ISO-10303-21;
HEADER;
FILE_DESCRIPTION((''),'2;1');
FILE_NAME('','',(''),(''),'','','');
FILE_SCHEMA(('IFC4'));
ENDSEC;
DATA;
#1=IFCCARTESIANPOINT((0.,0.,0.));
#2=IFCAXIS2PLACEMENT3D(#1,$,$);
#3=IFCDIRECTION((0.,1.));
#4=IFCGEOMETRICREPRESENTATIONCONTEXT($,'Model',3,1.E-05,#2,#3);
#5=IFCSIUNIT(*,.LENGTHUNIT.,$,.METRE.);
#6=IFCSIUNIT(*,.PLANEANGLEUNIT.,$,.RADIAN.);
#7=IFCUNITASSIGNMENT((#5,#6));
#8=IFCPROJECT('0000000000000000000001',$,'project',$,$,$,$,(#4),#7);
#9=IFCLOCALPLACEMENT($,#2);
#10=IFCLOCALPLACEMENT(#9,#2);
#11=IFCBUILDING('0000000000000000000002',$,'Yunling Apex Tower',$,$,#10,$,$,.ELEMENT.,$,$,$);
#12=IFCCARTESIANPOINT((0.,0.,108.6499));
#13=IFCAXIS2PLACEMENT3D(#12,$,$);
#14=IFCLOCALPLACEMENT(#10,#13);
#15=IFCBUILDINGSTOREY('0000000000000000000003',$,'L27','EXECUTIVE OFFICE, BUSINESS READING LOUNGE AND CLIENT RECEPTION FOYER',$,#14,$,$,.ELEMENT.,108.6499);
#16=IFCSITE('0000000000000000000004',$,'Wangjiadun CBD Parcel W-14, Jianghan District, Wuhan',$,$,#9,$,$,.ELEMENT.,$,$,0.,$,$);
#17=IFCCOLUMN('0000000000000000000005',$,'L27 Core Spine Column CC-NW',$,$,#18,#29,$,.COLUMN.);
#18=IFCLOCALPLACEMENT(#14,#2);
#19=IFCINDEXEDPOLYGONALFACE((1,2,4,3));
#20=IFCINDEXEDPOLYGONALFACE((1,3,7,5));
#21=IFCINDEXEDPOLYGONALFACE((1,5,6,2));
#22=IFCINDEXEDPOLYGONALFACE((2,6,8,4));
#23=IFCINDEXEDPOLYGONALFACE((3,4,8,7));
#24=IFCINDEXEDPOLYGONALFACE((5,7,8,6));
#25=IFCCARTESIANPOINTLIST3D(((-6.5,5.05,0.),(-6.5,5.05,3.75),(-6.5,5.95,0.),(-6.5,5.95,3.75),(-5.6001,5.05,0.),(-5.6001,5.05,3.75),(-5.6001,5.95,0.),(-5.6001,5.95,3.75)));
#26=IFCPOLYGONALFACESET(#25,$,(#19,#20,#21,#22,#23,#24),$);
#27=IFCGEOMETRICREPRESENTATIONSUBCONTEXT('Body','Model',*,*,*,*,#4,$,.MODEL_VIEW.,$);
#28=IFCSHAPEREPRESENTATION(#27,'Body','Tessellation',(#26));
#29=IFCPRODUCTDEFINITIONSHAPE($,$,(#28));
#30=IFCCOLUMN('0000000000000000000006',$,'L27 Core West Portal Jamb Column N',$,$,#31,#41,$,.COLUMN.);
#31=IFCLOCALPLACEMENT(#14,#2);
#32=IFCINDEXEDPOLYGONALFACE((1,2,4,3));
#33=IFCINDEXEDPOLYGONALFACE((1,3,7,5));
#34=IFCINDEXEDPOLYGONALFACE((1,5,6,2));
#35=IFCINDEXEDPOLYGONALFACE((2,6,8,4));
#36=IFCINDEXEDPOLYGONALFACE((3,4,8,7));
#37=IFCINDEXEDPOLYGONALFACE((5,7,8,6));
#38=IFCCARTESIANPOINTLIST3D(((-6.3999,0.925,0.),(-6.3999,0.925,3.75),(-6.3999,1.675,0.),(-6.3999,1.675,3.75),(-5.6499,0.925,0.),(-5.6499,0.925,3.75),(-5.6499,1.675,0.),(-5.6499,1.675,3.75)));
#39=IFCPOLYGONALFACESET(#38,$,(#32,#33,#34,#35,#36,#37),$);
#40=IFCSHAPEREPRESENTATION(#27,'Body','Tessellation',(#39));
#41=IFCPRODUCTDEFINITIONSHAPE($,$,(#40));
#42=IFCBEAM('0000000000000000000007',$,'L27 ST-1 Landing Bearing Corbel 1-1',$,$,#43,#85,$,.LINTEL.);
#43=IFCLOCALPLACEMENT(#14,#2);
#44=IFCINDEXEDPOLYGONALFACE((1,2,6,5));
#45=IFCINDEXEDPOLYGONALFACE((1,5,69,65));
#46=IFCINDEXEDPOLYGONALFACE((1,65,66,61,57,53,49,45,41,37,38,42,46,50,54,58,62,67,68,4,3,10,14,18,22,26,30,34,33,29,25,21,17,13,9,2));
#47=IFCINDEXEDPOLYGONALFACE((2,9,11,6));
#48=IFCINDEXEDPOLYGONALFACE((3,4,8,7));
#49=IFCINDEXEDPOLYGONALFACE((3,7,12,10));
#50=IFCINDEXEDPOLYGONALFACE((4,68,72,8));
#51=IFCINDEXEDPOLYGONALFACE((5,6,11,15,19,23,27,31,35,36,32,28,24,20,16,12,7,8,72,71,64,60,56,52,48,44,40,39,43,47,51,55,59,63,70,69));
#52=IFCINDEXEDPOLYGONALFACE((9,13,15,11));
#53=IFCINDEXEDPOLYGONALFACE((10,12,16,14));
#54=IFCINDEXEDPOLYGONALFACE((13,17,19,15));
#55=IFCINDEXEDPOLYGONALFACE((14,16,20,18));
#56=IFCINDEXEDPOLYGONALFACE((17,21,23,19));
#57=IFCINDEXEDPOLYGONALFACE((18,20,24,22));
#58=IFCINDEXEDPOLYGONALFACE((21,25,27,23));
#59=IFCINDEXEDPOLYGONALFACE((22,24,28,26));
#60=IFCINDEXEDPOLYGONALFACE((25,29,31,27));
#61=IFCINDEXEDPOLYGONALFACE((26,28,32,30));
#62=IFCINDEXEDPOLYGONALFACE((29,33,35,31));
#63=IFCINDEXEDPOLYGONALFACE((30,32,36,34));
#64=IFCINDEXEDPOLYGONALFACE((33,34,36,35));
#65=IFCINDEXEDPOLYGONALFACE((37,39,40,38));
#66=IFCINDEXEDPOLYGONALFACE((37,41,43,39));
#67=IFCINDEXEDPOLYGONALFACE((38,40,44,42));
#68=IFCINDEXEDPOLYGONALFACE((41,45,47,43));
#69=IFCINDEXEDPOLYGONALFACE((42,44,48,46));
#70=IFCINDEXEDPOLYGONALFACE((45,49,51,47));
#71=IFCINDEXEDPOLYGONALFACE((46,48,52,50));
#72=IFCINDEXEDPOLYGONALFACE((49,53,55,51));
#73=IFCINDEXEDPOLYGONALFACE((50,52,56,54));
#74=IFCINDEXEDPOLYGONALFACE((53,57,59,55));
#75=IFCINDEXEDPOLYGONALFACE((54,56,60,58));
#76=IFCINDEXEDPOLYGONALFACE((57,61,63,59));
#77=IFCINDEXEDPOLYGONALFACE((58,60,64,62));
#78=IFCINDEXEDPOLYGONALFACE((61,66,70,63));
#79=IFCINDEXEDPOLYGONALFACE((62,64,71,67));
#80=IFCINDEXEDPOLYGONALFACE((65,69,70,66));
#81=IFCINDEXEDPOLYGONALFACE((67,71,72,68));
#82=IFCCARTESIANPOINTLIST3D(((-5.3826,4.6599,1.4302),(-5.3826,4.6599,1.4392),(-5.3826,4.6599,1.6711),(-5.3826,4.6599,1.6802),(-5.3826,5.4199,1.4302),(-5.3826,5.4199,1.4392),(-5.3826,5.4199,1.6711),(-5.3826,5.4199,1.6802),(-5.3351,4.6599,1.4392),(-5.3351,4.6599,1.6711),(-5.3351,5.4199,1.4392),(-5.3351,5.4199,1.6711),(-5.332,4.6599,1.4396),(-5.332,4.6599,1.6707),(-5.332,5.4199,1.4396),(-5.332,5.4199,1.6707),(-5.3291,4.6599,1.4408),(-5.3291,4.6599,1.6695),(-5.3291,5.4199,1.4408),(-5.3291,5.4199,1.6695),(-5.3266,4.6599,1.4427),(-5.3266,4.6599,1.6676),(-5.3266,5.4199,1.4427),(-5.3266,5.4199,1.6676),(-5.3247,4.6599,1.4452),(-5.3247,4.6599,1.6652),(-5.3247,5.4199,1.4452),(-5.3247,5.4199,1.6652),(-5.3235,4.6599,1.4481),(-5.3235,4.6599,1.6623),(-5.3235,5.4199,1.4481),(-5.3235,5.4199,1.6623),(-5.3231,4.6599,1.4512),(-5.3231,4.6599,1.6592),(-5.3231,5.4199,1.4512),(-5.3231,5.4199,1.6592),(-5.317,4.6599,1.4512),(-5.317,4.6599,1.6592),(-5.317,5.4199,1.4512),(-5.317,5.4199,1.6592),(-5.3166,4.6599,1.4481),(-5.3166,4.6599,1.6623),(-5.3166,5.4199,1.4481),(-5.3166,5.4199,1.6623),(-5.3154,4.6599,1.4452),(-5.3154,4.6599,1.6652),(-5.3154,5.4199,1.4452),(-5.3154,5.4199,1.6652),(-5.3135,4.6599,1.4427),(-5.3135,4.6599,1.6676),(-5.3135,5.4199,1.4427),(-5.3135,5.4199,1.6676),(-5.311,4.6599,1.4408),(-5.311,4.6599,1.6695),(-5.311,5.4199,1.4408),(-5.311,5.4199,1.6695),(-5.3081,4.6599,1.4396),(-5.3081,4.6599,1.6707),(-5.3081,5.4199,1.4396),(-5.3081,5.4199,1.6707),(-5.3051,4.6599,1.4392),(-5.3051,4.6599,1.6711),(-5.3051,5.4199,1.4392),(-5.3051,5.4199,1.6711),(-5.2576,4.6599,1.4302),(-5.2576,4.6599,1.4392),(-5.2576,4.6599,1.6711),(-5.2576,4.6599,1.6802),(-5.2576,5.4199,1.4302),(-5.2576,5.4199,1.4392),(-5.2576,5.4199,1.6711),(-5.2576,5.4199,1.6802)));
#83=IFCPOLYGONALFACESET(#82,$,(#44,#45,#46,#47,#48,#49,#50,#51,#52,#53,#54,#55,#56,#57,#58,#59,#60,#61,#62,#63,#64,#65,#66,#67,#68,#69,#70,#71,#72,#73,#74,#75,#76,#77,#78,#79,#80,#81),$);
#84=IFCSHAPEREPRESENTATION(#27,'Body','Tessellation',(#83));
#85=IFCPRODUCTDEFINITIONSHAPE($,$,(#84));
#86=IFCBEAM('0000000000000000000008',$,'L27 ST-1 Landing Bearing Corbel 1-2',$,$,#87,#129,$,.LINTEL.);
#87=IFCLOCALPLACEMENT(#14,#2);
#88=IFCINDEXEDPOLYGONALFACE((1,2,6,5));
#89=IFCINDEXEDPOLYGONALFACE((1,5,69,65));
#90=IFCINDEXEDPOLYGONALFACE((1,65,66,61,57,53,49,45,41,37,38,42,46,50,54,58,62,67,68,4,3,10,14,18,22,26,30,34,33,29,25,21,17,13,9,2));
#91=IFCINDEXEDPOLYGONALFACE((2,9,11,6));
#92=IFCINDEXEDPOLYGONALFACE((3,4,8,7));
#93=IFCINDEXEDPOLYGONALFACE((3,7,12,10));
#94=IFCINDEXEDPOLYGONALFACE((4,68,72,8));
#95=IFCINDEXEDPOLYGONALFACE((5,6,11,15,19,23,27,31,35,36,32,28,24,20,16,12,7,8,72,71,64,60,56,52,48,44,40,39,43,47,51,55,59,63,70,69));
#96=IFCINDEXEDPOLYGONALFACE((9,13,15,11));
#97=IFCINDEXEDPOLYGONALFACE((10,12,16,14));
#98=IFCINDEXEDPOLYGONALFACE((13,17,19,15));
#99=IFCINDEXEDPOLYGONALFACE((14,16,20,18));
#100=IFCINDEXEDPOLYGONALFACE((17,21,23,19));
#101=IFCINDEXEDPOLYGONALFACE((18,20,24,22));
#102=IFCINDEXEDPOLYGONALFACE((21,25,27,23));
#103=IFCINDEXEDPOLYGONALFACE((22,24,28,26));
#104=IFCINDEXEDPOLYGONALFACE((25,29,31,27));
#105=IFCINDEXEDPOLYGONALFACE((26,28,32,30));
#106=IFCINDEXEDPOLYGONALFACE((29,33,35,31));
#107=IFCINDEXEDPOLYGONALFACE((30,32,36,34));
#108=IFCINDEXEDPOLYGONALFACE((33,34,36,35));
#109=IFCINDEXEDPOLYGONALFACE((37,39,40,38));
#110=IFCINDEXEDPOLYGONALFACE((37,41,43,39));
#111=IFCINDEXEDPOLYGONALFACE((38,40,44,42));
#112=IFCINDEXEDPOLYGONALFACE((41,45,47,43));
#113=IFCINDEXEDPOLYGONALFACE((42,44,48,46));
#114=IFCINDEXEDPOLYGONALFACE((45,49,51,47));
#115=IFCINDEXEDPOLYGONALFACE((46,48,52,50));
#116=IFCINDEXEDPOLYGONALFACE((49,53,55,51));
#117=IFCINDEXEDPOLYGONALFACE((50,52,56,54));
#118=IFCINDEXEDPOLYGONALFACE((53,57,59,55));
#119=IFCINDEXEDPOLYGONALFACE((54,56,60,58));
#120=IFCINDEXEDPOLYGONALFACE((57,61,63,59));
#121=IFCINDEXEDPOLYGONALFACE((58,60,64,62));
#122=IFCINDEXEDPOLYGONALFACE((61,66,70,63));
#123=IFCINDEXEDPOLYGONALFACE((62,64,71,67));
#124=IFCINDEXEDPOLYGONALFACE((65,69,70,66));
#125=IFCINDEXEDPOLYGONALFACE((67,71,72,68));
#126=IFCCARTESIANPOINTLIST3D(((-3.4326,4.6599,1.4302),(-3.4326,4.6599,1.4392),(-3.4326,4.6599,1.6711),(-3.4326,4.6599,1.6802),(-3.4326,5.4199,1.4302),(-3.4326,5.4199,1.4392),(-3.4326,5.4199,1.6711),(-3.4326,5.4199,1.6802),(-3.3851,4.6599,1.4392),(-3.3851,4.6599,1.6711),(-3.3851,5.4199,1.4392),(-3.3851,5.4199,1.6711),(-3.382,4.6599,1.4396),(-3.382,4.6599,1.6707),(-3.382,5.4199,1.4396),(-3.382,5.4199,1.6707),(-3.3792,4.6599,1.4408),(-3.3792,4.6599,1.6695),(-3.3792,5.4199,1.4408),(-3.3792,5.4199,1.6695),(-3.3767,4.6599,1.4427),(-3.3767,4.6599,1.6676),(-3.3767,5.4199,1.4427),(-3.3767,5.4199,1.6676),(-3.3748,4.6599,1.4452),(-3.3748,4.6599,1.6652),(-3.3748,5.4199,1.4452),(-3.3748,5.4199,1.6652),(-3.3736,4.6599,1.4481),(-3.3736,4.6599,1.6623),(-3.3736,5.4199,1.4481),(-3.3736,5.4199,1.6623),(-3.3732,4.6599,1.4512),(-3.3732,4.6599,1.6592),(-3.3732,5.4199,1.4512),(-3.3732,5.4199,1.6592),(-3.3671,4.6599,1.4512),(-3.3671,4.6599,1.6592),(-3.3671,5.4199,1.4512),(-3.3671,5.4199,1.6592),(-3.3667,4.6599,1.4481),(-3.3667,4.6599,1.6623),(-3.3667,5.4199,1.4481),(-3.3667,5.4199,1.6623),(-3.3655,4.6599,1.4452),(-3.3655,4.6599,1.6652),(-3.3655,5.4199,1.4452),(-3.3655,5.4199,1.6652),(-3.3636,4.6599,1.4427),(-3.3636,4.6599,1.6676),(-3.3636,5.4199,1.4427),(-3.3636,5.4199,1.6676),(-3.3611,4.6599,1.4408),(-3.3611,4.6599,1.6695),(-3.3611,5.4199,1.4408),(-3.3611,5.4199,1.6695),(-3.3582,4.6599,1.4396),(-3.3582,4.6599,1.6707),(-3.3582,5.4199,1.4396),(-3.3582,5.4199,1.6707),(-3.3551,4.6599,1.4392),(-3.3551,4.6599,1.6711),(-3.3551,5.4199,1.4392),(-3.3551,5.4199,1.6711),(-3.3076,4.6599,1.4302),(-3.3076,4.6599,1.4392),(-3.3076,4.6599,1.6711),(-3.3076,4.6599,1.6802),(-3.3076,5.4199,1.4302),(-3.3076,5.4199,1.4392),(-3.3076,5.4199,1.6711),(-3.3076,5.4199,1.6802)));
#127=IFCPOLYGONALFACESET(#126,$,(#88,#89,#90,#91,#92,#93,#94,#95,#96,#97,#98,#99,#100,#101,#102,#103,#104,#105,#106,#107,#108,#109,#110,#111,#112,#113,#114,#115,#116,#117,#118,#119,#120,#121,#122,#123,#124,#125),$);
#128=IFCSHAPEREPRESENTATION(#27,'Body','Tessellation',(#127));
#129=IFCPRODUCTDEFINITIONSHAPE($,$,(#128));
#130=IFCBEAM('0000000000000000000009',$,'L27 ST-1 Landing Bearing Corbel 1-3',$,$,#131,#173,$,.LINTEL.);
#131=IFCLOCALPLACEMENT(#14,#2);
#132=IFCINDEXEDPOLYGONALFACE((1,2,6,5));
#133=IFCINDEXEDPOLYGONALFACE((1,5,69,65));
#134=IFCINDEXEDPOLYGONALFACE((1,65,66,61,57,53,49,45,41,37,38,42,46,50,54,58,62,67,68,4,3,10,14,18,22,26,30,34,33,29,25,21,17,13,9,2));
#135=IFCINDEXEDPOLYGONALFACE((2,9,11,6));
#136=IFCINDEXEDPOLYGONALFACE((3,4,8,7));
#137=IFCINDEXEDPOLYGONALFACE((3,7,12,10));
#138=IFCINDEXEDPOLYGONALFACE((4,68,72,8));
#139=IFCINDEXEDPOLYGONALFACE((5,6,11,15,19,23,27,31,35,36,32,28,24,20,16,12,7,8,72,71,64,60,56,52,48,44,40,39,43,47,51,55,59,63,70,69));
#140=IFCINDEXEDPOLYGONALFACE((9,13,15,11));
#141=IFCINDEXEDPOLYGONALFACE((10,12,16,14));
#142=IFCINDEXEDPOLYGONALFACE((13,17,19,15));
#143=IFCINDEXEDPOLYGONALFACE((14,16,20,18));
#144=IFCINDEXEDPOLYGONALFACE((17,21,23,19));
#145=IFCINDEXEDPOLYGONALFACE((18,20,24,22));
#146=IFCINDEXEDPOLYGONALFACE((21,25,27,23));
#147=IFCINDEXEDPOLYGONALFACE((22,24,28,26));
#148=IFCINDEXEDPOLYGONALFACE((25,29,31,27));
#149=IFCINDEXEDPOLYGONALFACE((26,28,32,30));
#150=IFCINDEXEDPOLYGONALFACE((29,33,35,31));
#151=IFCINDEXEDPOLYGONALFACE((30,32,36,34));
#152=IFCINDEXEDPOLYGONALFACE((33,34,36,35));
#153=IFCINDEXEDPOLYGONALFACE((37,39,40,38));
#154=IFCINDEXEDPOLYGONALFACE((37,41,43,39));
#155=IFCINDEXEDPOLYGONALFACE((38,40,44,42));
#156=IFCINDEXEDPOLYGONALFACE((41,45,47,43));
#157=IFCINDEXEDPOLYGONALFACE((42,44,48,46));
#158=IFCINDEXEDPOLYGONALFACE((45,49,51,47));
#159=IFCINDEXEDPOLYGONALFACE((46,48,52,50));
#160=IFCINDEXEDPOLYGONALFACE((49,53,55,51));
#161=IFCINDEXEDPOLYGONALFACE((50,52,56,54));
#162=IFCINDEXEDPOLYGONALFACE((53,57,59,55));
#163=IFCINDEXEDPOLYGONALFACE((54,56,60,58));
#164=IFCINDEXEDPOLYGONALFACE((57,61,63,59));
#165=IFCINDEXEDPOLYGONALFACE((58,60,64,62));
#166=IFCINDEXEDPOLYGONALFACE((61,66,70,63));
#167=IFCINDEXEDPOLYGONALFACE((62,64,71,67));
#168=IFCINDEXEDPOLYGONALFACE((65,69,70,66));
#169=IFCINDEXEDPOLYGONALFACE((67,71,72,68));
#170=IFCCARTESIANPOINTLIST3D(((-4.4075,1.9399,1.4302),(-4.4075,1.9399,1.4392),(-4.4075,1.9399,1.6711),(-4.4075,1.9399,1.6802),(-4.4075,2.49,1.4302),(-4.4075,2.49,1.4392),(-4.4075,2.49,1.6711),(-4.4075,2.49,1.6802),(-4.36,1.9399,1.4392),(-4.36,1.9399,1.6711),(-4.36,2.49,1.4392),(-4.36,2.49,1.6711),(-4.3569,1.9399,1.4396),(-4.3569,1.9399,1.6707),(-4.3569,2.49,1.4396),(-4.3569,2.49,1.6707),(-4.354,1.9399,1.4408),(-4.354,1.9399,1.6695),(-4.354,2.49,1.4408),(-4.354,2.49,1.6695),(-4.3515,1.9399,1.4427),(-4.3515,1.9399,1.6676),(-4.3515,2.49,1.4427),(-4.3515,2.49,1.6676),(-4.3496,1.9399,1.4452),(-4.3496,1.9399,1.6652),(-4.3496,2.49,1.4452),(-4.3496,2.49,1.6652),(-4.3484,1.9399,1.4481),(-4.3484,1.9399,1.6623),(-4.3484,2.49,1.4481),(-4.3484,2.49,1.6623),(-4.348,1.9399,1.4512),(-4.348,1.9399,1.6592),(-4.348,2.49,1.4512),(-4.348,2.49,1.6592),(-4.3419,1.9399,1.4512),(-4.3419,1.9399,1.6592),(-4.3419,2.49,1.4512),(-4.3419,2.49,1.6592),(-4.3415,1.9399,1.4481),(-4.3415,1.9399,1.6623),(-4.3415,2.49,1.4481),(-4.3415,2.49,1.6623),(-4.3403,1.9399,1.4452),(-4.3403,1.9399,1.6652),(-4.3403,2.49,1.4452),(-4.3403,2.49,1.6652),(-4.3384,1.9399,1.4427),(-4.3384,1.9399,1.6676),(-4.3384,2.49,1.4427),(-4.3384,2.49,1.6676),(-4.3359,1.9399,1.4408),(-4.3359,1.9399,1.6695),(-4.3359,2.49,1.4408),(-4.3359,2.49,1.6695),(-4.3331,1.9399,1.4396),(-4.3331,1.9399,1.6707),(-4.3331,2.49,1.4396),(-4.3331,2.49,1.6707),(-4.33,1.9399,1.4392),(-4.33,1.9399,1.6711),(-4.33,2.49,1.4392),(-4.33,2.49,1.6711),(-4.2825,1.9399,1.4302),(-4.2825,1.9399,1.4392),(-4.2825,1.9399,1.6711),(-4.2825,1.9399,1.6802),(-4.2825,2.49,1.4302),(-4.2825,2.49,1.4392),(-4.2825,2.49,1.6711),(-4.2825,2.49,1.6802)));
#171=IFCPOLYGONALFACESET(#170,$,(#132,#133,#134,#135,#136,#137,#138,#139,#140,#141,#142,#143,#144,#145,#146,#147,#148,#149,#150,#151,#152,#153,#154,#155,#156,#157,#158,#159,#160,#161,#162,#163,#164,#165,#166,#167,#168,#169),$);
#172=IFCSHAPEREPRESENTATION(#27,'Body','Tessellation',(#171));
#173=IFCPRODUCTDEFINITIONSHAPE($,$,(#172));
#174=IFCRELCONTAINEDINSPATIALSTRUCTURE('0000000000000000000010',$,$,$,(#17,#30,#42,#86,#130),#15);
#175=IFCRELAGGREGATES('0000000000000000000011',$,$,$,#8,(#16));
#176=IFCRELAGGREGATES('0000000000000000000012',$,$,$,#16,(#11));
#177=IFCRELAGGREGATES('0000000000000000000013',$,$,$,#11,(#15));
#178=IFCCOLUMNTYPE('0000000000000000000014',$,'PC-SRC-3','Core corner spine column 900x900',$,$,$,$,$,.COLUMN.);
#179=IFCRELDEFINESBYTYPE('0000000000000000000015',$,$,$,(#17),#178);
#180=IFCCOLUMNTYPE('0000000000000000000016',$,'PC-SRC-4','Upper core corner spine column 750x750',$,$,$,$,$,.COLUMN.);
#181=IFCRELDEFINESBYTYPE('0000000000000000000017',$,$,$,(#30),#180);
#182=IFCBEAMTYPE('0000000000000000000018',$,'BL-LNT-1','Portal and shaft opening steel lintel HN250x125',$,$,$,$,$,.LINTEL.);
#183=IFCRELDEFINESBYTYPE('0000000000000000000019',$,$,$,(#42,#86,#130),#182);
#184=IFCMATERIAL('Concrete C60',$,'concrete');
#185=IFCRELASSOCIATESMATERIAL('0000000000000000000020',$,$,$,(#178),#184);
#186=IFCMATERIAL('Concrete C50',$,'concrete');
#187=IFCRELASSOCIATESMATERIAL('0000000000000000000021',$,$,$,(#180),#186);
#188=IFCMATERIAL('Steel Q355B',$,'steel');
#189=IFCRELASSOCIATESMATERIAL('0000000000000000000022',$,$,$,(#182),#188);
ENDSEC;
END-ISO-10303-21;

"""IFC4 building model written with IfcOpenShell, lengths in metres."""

from ifc_helpers import new_model, si_unit, direction, frame, origin, origin_2d, place, context, subcontext, project, spatial, rectangle, i_section, extrude, source, transform, mapped, material, material_profile, profile_set, type_object, element, save


model = new_model("IFC4")

# Units and contexts
model_context = context("Model", 3, precision=1e-05, world=origin(), true_north=direction((0.0, 1.0)))
body_context = subcontext(model_context, "Body", "Model", "MODEL_VIEW")
ifc_project = project(units=[si_unit("LENGTHUNIT", "METRE"), si_unit("PLANEANGLEUNIT", "RADIAN")], contexts=[model_context])

# Site, building, storey
site_placement = place(None, origin())
site = spatial("IfcSite", under=ifc_project, at=site_placement, Name="Wangjiadun CBD Parcel W-14, Jianghan District, Wuhan", CompositionType="ELEMENT", RefElevation=0.0)
building_placement = place(site_placement, origin())
building = spatial("IfcBuilding", under=site, at=building_placement, Name="Yunling Apex Tower", CompositionType="ELEMENT")
storey_placement = place(building_placement, frame((0.0, 0.0, 108.6499)))
storey = spatial("IfcBuildingStorey", under=building, at=storey_placement, Name="L27", Description="EXECUTIVE OFFICE, BUSINESS READING LOUNGE AND CLIENT RECEPTION FOYER", CompositionType="ELEMENT", Elevation=108.6499)

# Columns
ifc_material_1 = material(Name="Concrete C60", Category="concrete")
ifc_material_profile_1 = material_profile(ifc_material_1, rectangle(XDim=0.8999, YDim=0.8999, at=origin_2d()))
ifc_profile_set_1 = profile_set([ifc_material_profile_1], Name="Concrete C60")
column_type_1 = type_object("IfcColumnType", Name="PC-SRC-3", Description="Core corner spine column 900x900", PredefinedType="COLUMN", material=ifc_profile_set_1)
shared_shape_1 = source(origin(), body_context, "Body", "SweptSolid", [
    extrude(rectangle(XDim=0.8999, YDim=0.8999, at=origin_2d()), origin(), (0.0, 0.0, 1.0), 3.75),
])
column_1_placement = place(storey_placement, frame((-6.05, 5.5, 0.0), z_axis=(0.0, 0.0, 1.0), x_axis=(1.0, 0.0, 0.0)))
element("IfcColumn", 1, at=column_1_placement, inside=storey, type_object=column_type_1, Name="L27 Core Spine Column CC-NW", PredefinedType="COLUMN", context=body_context, shape_type="MappedRepresentation", body=[
    mapped(shared_shape_1, transform((0.0, 0.0, 0.0), scale=1.0)),
])
ifc_material_2 = material(Name="Concrete C50", Category="concrete")
ifc_material_profile_2 = material_profile(ifc_material_2, rectangle(XDim=0.75, YDim=0.75, at=origin_2d()))
ifc_profile_set_2 = profile_set([ifc_material_profile_2], Name="Concrete C50")
column_type_2 = type_object("IfcColumnType", Name="PC-SRC-4", Description="Upper core corner spine column 750x750", PredefinedType="COLUMN", material=ifc_profile_set_2)
shared_shape_2 = source(origin(), body_context, "Body", "SweptSolid", [
    extrude(rectangle(XDim=0.75, YDim=0.75, at=origin_2d()), origin(), (0.0, 0.0, 1.0), 3.75),
])
column_2_placement = place(storey_placement, frame((-6.0249, 1.3, 0.0), z_axis=(0.0, 0.0, 1.0), x_axis=(1.0, 0.0, 0.0)))
element("IfcColumn", 2, at=column_2_placement, inside=storey, type_object=column_type_2, Name="L27 Core West Portal Jamb Column N", PredefinedType="COLUMN", context=body_context, shape_type="MappedRepresentation", body=[
    mapped(shared_shape_2, transform((0.0, 0.0, 0.0), scale=1.0)),
])

# Beams
ifc_material_3 = material(Name="Steel Q355B", Category="steel")
ifc_material_profile_3 = material_profile(ifc_material_3, i_section(OverallWidth=0.125, OverallDepth=0.25, WebThickness=0.0061, FlangeThickness=0.009, FilletRadius=0.012, at=origin_2d()))
ifc_profile_set_3 = profile_set([ifc_material_profile_3], Name="Steel Q355B")
beam_type_1 = type_object("IfcBeamType", Name="BL-LNT-1", Description="Portal and shaft opening steel lintel HN250x125", PredefinedType="LINTEL", material=ifc_profile_set_3)
shared_shape_3 = source(origin(), body_context, "Body", "SweptSolid", [
    extrude(i_section(OverallWidth=0.125, OverallDepth=0.25, WebThickness=0.0061, FlangeThickness=0.009, FilletRadius=0.012, at=origin_2d()), origin(), (0.0, 0.0, 1.0), 0.76),
])
for number, where, z_axis, x_axis, name in (
    (3, (-5.3201, 5.4199, 1.5552), (0.0, -1.0, 0.0), (1.0, 0.0, 0.0), "L27 ST-1 Landing Bearing Corbel 1-1"),
    (4, (-3.3701, 5.4199, 1.5552), (0.0, -1.0, 0.0), (1.0, 0.0, 0.0), "L27 ST-1 Landing Bearing Corbel 1-2"),
):
    element("IfcBeam", number, at=place(storey_placement, frame(where, z_axis=z_axis, x_axis=x_axis)), inside=storey, type_object=beam_type_1, Name=name, PredefinedType="LINTEL", context=body_context, shape_type="MappedRepresentation", body=[
        mapped(shared_shape_3, transform((0.0, 0.0, 0.0), scale=1.0)),
    ])
shared_shape_4 = source(origin(), body_context, "Body", "SweptSolid", [
    extrude(i_section(OverallWidth=0.125, OverallDepth=0.25, WebThickness=0.0061, FlangeThickness=0.009, FilletRadius=0.012, at=origin_2d()), origin(), (0.0, 0.0, 1.0), 0.55),
])
beam_1_placement = place(storey_placement, frame((-4.345, 1.9399, 1.5552), z_axis=(0.0, 1.0, 0.0), x_axis=(-1.0, 0.0, 0.0)))
element("IfcBeam", 5, at=beam_1_placement, inside=storey, type_object=beam_type_1, Name="L27 ST-1 Landing Bearing Corbel 1-3", PredefinedType="LINTEL", context=body_context, shape_type="MappedRepresentation", body=[
    mapped(shared_shape_4, transform((0.0, 0.0, 0.0), scale=1.0)),
])

save(model, "model.ifc")
